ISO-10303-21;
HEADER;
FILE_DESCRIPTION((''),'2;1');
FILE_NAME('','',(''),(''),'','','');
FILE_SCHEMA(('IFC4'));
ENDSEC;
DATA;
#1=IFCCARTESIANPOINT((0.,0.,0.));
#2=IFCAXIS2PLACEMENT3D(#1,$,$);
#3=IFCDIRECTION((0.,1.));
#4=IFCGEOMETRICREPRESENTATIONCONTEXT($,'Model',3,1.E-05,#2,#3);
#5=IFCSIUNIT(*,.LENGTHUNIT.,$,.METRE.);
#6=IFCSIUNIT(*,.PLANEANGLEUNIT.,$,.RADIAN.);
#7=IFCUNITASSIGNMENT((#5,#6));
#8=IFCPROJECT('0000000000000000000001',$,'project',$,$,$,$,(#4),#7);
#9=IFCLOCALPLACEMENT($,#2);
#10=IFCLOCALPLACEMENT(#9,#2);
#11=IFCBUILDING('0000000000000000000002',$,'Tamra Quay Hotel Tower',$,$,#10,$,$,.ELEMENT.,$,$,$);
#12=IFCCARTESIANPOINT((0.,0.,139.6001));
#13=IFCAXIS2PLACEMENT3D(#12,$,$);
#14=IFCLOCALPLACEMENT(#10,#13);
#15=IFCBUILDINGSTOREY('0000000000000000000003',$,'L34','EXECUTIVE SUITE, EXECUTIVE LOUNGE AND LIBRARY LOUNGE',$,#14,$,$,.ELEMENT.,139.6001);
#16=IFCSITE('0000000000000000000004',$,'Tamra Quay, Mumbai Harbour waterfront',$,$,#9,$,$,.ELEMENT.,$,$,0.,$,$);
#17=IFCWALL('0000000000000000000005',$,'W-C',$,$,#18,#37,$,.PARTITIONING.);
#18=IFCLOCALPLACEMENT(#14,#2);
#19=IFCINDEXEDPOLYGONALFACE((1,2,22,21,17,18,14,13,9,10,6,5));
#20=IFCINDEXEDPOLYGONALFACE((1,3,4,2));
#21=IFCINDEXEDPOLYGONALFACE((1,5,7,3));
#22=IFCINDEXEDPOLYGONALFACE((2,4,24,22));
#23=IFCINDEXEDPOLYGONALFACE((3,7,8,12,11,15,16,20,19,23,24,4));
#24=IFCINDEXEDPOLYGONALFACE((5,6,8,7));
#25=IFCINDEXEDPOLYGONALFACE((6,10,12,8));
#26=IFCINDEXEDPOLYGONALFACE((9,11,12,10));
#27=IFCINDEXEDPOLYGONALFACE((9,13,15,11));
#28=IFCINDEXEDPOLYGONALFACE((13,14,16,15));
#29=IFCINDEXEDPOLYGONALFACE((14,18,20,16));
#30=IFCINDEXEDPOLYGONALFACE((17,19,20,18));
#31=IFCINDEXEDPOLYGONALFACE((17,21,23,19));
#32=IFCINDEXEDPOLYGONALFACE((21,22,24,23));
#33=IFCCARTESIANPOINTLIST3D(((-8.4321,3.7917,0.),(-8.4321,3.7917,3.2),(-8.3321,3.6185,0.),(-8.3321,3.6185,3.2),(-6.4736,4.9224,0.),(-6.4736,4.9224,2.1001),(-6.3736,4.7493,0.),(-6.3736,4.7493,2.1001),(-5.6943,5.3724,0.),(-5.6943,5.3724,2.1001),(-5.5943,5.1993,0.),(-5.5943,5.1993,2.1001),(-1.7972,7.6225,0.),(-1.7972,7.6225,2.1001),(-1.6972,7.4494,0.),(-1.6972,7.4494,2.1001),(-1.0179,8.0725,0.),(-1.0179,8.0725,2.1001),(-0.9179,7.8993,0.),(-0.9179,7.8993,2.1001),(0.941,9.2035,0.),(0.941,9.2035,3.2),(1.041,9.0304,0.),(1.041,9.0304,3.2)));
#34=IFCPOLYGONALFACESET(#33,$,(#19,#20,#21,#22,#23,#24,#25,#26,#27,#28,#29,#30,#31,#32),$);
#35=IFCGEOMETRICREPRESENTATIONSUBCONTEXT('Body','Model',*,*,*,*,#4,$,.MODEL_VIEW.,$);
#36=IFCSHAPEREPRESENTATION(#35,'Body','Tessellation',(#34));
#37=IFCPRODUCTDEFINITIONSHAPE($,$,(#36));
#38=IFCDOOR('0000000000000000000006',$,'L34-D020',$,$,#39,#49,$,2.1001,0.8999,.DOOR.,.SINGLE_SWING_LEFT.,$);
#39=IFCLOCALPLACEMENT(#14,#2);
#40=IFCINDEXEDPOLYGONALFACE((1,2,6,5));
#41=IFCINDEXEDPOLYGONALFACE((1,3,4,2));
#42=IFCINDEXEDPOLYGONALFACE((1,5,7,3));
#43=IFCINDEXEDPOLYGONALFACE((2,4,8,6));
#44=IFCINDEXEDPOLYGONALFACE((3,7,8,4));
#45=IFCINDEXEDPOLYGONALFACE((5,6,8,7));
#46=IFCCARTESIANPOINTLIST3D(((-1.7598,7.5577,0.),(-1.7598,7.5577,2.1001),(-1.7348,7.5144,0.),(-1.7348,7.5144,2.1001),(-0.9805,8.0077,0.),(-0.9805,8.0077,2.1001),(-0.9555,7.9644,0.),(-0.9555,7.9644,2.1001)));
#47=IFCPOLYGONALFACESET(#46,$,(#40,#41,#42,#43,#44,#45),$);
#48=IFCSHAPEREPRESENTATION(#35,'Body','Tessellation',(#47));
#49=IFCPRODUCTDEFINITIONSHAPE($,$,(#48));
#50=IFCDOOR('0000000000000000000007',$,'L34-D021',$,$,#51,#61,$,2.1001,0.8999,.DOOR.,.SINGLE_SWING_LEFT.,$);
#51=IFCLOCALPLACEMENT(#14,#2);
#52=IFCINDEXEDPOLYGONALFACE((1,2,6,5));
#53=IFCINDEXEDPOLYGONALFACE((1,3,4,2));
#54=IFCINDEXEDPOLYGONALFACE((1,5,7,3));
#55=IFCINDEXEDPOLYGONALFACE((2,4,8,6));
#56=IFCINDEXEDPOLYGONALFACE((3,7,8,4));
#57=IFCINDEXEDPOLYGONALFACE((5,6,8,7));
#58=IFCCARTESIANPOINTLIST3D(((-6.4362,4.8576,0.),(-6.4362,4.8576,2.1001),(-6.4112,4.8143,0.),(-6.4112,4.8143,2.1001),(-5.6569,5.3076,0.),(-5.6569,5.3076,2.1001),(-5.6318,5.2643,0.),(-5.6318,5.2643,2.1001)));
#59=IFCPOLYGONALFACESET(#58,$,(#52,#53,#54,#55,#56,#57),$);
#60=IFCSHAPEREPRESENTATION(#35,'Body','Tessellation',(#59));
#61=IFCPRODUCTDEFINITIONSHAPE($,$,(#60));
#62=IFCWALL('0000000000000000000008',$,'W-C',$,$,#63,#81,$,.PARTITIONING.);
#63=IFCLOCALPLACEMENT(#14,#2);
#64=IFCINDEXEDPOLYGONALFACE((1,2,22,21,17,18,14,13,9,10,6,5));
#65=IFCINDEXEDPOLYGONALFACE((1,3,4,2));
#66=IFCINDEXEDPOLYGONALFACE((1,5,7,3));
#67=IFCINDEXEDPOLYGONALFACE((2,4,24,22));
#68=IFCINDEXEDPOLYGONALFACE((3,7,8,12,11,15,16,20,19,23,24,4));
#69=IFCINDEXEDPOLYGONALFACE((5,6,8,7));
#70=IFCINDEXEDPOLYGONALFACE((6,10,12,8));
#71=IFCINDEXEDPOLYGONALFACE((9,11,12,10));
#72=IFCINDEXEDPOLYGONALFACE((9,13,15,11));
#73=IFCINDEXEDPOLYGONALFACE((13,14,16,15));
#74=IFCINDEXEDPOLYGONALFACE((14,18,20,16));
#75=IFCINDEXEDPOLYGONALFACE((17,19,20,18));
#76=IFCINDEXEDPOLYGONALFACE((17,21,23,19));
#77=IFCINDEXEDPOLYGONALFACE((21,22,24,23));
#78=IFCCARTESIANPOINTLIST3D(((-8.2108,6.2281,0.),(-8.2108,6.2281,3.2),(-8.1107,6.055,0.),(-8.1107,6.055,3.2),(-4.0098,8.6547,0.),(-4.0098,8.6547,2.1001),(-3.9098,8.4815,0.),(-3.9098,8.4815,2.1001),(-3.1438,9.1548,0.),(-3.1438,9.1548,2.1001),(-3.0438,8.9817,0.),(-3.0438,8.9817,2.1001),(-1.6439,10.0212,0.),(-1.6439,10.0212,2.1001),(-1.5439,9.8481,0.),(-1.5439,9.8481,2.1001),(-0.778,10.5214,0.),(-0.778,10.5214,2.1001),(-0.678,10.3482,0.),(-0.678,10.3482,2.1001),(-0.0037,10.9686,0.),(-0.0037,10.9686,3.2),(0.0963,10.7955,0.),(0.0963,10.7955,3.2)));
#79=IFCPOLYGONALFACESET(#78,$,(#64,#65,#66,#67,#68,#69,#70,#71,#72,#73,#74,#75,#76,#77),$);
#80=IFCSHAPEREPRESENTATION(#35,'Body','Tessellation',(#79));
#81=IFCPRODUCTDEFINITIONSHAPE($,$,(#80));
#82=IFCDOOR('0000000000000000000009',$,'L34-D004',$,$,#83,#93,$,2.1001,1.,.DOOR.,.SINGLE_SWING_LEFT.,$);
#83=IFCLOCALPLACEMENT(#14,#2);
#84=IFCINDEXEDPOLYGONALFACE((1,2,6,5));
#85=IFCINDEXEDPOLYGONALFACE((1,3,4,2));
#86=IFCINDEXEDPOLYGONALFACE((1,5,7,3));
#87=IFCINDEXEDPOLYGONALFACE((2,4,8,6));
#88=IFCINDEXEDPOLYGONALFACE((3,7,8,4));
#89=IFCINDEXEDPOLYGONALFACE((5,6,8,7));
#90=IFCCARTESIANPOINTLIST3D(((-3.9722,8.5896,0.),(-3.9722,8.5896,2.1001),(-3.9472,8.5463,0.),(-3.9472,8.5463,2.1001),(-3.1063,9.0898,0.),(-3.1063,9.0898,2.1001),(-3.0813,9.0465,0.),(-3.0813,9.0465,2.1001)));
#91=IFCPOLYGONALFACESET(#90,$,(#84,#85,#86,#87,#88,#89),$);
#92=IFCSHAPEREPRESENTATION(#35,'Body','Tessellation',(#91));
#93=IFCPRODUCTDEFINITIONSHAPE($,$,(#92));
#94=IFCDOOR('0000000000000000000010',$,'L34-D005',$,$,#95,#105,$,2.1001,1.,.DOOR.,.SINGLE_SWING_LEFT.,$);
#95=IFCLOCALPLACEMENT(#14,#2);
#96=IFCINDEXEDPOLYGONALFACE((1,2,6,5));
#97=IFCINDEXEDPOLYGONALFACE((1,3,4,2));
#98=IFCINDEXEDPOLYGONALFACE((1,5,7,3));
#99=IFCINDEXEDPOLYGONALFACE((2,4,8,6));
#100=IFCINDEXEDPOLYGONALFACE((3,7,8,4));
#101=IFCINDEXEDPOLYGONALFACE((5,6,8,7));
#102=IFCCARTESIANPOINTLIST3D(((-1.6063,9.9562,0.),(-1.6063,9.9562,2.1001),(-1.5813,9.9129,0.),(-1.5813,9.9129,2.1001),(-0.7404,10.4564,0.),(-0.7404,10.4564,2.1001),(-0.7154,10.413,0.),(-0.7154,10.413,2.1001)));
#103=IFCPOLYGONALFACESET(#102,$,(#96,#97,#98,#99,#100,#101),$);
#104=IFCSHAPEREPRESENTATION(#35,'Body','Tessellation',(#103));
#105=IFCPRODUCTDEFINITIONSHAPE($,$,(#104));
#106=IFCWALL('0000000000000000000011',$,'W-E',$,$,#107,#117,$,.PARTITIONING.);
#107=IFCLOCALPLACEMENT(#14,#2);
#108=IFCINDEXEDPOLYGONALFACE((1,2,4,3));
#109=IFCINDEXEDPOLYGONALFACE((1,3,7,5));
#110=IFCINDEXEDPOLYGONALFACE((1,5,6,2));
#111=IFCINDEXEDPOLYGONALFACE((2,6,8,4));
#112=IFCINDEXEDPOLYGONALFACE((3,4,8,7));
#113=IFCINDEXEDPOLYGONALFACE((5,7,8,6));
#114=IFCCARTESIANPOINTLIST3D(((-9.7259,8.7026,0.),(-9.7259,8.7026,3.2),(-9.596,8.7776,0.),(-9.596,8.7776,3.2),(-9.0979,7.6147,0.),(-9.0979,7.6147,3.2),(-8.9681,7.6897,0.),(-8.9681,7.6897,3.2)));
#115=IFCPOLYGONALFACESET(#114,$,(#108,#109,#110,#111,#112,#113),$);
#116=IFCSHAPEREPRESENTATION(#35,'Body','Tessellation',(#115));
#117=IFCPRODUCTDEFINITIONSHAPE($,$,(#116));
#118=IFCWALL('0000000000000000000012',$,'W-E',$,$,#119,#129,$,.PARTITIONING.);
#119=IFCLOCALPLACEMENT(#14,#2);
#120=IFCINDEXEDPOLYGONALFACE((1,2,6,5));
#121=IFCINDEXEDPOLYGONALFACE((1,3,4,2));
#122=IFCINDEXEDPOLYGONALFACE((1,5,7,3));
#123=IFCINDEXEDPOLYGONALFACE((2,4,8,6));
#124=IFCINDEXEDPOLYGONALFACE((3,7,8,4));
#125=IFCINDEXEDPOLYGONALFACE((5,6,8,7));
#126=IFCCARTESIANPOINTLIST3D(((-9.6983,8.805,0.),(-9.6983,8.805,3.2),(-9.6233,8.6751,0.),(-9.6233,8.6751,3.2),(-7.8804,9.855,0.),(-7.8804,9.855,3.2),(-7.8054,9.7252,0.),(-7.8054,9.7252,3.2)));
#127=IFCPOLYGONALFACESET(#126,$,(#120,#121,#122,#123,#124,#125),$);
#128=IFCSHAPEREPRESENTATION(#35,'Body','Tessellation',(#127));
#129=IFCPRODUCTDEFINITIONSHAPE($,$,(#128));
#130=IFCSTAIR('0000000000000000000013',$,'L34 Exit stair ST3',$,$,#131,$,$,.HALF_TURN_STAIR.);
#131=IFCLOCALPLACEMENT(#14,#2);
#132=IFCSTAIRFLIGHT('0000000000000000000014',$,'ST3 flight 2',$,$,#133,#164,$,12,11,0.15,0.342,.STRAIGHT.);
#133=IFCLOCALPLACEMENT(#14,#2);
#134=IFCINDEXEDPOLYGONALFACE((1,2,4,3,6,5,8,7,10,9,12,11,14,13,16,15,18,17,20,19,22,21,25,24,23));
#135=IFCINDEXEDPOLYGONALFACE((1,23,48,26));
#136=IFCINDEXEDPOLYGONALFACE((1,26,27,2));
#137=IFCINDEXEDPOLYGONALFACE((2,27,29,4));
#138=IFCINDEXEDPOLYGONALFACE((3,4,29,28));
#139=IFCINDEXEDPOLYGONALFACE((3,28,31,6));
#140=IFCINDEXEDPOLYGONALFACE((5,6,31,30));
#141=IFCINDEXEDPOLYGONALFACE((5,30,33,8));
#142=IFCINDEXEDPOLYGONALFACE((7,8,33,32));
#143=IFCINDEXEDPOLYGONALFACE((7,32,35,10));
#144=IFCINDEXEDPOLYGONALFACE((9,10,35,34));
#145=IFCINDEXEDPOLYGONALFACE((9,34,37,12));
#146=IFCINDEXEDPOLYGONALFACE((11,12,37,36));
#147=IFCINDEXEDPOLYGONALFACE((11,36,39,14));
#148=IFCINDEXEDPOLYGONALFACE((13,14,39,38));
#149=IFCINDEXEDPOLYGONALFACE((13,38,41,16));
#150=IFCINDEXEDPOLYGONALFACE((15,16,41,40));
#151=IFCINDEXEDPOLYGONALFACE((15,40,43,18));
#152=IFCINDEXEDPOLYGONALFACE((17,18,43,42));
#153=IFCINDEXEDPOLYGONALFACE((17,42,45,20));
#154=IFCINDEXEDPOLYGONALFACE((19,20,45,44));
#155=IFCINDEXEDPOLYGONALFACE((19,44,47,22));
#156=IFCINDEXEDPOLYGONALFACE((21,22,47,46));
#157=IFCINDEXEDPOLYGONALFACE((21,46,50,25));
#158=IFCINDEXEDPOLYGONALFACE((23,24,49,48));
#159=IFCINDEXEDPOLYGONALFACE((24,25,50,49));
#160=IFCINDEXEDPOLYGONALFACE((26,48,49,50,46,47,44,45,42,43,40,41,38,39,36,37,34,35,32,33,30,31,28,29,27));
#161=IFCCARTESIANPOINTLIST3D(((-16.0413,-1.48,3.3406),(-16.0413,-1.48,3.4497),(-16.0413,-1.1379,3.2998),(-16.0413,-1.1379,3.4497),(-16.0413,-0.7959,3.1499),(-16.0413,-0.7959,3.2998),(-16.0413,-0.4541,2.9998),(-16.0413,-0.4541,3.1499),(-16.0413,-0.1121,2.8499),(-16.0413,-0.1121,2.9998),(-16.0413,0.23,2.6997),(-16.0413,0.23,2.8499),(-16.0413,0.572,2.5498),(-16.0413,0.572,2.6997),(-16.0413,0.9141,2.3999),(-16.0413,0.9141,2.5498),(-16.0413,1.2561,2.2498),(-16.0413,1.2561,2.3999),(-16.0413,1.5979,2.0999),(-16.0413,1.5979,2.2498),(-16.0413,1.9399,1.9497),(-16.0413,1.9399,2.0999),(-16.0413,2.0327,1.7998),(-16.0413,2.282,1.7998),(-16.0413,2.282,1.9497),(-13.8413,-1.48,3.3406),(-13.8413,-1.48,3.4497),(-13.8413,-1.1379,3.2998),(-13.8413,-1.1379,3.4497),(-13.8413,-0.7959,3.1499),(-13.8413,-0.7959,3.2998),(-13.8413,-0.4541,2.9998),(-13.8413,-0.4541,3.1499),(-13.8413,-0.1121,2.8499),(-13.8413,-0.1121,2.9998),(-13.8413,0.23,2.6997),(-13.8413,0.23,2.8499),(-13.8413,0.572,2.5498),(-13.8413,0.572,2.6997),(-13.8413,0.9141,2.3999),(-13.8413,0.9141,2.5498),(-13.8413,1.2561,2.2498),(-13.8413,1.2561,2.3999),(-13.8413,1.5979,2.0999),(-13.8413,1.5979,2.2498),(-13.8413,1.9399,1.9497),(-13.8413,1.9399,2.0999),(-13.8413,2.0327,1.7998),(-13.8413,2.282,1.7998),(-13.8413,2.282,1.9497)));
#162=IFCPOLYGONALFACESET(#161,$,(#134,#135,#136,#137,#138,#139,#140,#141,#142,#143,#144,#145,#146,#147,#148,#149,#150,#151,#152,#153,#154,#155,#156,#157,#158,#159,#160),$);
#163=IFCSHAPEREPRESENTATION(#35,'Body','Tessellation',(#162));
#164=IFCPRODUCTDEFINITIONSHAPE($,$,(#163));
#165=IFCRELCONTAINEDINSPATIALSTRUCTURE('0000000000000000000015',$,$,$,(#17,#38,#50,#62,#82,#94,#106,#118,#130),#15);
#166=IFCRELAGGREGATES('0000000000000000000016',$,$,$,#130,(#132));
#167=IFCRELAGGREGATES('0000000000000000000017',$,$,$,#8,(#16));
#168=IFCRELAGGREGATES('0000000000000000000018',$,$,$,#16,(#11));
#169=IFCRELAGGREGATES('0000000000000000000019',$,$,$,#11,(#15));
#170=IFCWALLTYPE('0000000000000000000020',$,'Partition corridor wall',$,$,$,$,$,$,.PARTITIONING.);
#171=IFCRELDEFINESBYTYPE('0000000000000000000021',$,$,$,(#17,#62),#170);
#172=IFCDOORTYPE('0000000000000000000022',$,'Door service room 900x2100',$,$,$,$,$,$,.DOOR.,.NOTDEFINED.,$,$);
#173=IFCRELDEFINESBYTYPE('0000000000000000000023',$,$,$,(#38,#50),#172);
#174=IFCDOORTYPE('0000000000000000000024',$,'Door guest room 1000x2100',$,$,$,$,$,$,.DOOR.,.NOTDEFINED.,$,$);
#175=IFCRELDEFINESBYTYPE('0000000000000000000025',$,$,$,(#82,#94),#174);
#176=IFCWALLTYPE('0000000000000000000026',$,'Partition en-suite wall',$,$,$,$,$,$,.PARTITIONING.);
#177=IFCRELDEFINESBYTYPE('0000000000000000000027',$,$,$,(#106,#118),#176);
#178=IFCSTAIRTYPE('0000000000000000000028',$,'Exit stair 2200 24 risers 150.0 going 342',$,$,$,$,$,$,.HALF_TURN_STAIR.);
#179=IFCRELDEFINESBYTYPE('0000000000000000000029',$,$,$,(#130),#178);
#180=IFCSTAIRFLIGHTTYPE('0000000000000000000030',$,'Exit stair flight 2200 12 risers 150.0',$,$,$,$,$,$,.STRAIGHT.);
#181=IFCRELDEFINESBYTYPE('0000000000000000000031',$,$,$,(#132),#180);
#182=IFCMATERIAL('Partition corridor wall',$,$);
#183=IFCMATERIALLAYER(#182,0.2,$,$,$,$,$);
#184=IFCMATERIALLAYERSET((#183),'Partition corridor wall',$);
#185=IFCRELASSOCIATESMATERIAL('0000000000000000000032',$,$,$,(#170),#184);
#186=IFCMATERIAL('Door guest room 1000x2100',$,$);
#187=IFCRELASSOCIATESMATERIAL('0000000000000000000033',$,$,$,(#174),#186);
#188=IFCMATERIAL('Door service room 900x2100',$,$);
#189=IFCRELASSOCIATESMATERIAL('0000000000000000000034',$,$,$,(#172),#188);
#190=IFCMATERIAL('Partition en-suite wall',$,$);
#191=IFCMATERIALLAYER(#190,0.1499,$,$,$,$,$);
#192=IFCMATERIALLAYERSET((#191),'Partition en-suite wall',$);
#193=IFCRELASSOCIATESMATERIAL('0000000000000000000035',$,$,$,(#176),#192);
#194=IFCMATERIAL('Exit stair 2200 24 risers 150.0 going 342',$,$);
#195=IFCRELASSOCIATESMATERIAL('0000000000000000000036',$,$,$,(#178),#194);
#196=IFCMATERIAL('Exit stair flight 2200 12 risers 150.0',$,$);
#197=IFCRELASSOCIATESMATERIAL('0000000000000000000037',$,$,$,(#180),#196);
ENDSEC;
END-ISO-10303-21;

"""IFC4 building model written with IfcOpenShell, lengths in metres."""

from ifc_helpers import new_model, si_unit, direction, frame, frame_2d, origin, place, context, subcontext, project, spatial, polyline, rectangle, outline, extrude, material, layer, layer_set, type_object, element, fill, aggregate, save


model = new_model("IFC4")

# Units and contexts
model_context = context("Model", 3, precision=1e-05, world=origin(), true_north=direction((0.0, 1.0)))
body_context = subcontext(model_context, "Body", "Model", "MODEL_VIEW")
ifc_project = project(units=[si_unit("LENGTHUNIT", "METRE"), si_unit("PLANEANGLEUNIT", "RADIAN")], contexts=[model_context])

# Site, building, storey
site_placement = place(None, origin())
site = spatial("IfcSite", under=ifc_project, at=site_placement, Name="Tamra Quay, Mumbai Harbour waterfront", CompositionType="ELEMENT", RefElevation=0.0)
building_placement = place(site_placement, origin())
building = spatial("IfcBuilding", under=site, at=building_placement, Name="Tamra Quay Hotel Tower", CompositionType="ELEMENT")
storey_placement = place(building_placement, frame((0.0, 0.0, 139.6001)))
storey = spatial("IfcBuildingStorey", under=building, at=storey_placement, Name="L34", Description="EXECUTIVE SUITE, EXECUTIVE LOUNGE AND LIBRARY LOUNGE", CompositionType="ELEMENT", Elevation=139.6001)

# Shared definitions
ifc_material_1 = material(Name="Partition corridor wall")
ifc_layer_1 = layer(ifc_material_1, 0.2)
ifc_layer_set_1 = layer_set([ifc_layer_1], Name="Partition corridor wall")
wall_type_1 = type_object("IfcWallType", Name="Partition corridor wall", PredefinedType="PARTITIONING", material=ifc_layer_set_1)
ifc_material_2 = material(Name="Door guest room 1000x2100")
door_type_1 = type_object("IfcDoorType", Name="Door guest room 1000x2100", OperationType="NOTDEFINED", PredefinedType="DOOR", material=ifc_material_2)

# Walls, openings, doors
wall_1_placement = place(storey_placement, frame((-8.3821, 3.7051, 0.0), z_axis=(0.0, 0.0, 1.0), x_axis=(0.866012, 0.500023, 0.0)))
wall_1 = element("IfcWall", 1, at=wall_1_placement, inside=storey, type_object=wall_type_1, Name="W-C", PredefinedType="PARTITIONING", context=body_context, shape_type="SweptSolid", body=[
    extrude(rectangle(XDim=10.8232, YDim=0.2, at=frame_2d((5.4116, 0.0))), origin(), (0.0, 0.0, 1.0), 3.2),
])
opening_1_placement = place(wall_1_placement, frame((7.6614, 0.0, 0.0)))
opening_1 = element("IfcOpeningElement", 2, at=opening_1_placement, cuts=wall_1, PredefinedType="OPENING", context=body_context, shape_type="SweptSolid", body=[
    extrude(rectangle(XDim=0.8999, YDim=2.1001, at=frame_2d((0.45, 1.05))), frame((0.0, 0.1099, 0.0), z_axis=(0.0, -1.0, 0.0), x_axis=(1.0, 0.0, 0.0)), (0.0, 0.0, 1.0), 0.22),
])
opening_2_placement = place(wall_1_placement, frame((2.2615, 0.0, 0.0)))
opening_2 = element("IfcOpeningElement", 3, at=opening_2_placement, cuts=wall_1, PredefinedType="OPENING", context=body_context, shape_type="SweptSolid", body=[
    extrude(rectangle(XDim=0.8999, YDim=2.1001, at=frame_2d((0.45, 1.05))), frame((0.0, 0.1099, 0.0), z_axis=(0.0, -1.0, 0.0), x_axis=(1.0, 0.0, 0.0)), (0.0, 0.0, 1.0), 0.22),
])
ifc_material_3 = material(Name="Door service room 900x2100")
door_type_2 = type_object("IfcDoorType", Name="Door service room 900x2100", OperationType="NOTDEFINED", PredefinedType="DOOR", material=ifc_material_3)
door_1_placement = place(opening_1_placement, frame((0.8999, 0.0, 0.0), z_axis=(0.0, 0.0, 1.0), x_axis=(-1.0, 0.0, 0.0)))
door_1 = element("IfcDoor", 4, at=door_1_placement, inside=storey, type_object=door_type_2, Name="L34-D020", OperationType="SINGLE_SWING_LEFT", OverallHeight=2.1001, OverallWidth=0.8999, PredefinedType="DOOR", context=body_context, shape_type="SweptSolid", body=[
    extrude(rectangle(XDim=0.8999, YDim=2.1001, at=frame_2d((0.45, 1.05))), frame((0.0, 0.0249, 0.0), z_axis=(0.0, -1.0, 0.0), x_axis=(1.0, 0.0, 0.0)), (0.0, 0.0, 1.0), 0.05),
])
fill(opening_1, door_1)
door_2_placement = place(opening_2_placement, frame((0.8999, 0.0, 0.0), z_axis=(0.0, 0.0, 1.0), x_axis=(-1.0, 0.0, 0.0)))
door_2 = element("IfcDoor", 5, at=door_2_placement, inside=storey, type_object=door_type_2, Name="L34-D021", OperationType="SINGLE_SWING_LEFT", OverallHeight=2.1001, OverallWidth=0.8999, PredefinedType="DOOR", context=body_context, shape_type="SweptSolid", body=[
    extrude(rectangle(XDim=0.8999, YDim=2.1001, at=frame_2d((0.45, 1.05))), frame((0.0, 0.0249, 0.0), z_axis=(0.0, -1.0, 0.0), x_axis=(1.0, 0.0, 0.0)), (0.0, 0.0, 1.0), 0.05),
])
fill(opening_2, door_2)
wall_2_placement = place(storey_placement, frame((-8.1606, 6.1416, 0.0), z_axis=(0.0, 0.0, 1.0), x_axis=(0.865927, 0.50017, 0.0)))
wall_2 = element("IfcWall", 6, at=wall_2_placement, inside=storey, type_object=wall_type_1, Name="W-C", PredefinedType="PARTITIONING", context=body_context, shape_type="SweptSolid", body=[
    extrude(rectangle(XDim=9.4778, YDim=0.2, at=frame_2d((4.7388, 0.0))), origin(), (0.0, 0.0, 1.0), 3.2),
])
opening_3_placement = place(wall_2_placement, frame((4.8513, 0.0, 0.0)))
opening_3 = element("IfcOpeningElement", 7, at=opening_3_placement, cuts=wall_2, PredefinedType="OPENING", context=body_context, shape_type="SweptSolid", body=[
    extrude(rectangle(XDim=1.0, YDim=2.1001, at=frame_2d((0.5, 1.05))), frame((0.0, 0.1099, 0.0), z_axis=(0.0, -1.0, 0.0), x_axis=(1.0, 0.0, 0.0)), (0.0, 0.0, 1.0), 0.22),
])
opening_4_placement = place(wall_2_placement, frame((7.5835, 0.0, 0.0)))
opening_4 = element("IfcOpeningElement", 8, at=opening_4_placement, cuts=wall_2, PredefinedType="OPENING", context=body_context, shape_type="SweptSolid", body=[
    extrude(rectangle(XDim=1.0, YDim=2.1001, at=frame_2d((0.5, 1.05))), frame((0.0, 0.1099, 0.0), z_axis=(0.0, -1.0, 0.0), x_axis=(1.0, 0.0, 0.0)), (0.0, 0.0, 1.0), 0.22),
])
door_3_placement = place(opening_3_placement, origin())
door_3 = element("IfcDoor", 9, at=door_3_placement, inside=storey, type_object=door_type_1, Name="L34-D004", OperationType="SINGLE_SWING_LEFT", OverallHeight=2.1001, OverallWidth=1.0, PredefinedType="DOOR", context=body_context, shape_type="SweptSolid", body=[
    extrude(rectangle(XDim=1.0, YDim=2.1001, at=frame_2d((0.5, 1.05))), frame((0.0, 0.0249, 0.0), z_axis=(0.0, -1.0, 0.0), x_axis=(1.0, 0.0, 0.0)), (0.0, 0.0, 1.0), 0.05),
])
fill(opening_3, door_3)
door_4_placement = place(opening_4_placement, origin())
door_4 = element("IfcDoor", 10, at=door_4_placement, inside=storey, type_object=door_type_1, Name="L34-D005", OperationType="SINGLE_SWING_LEFT", OverallHeight=2.1001, OverallWidth=1.0, PredefinedType="DOOR", context=body_context, shape_type="SweptSolid", body=[
    extrude(rectangle(XDim=1.0, YDim=2.1001, at=frame_2d((0.5, 1.05))), frame((0.0, 0.0249, 0.0), z_axis=(0.0, -1.0, 0.0), x_axis=(1.0, 0.0, 0.0)), (0.0, 0.0, 1.0), 0.05),
])
fill(opening_4, door_4)

# Walls
ifc_material_4 = material(Name="Partition en-suite wall")
ifc_layer_2 = layer(ifc_material_4, 0.1499)
ifc_layer_set_2 = layer_set([ifc_layer_2], Name="Partition en-suite wall")
wall_type_2 = type_object("IfcWallType", Name="Partition en-suite wall", PredefinedType="PARTITIONING", material=ifc_layer_set_2)
wall_3_placement = place(storey_placement, frame((-9.6609, 8.74, 0.0), z_axis=(0.0, 0.0, 1.0), x_axis=(0.499902, -0.866082, 0.0)))
element("IfcWall", 11, at=wall_3_placement, inside=storey, type_object=wall_type_2, Name="W-E", PredefinedType="PARTITIONING", context=body_context, shape_type="SweptSolid", body=[
    extrude(rectangle(XDim=1.2561, YDim=0.1499, at=frame_2d((0.6279, 0.0))), origin(), (0.0, 0.0, 1.0), 3.2),
])
wall_4_placement = place(storey_placement, frame((-9.6609, 8.74, 0.0), z_axis=(0.0, 0.0, 1.0), x_axis=(0.865922, 0.500179, 0.0)))
element("IfcWall", 12, at=wall_4_placement, inside=storey, type_object=wall_type_2, Name="W-E", PredefinedType="PARTITIONING", context=body_context, shape_type="SweptSolid", body=[
    extrude(rectangle(XDim=2.0994, YDim=0.1499, at=frame_2d((1.0498, 0.0))), origin(), (0.0, 0.0, 1.0), 3.2),
])

# Stair, stair flight
ifc_material_5 = material(Name="Exit stair 2200 24 risers 150.0 going 342")
stair_type = type_object("IfcStairType", Name="Exit stair 2200 24 risers 150.0 going 342", PredefinedType="HALF_TURN_STAIR", material=ifc_material_5)
stair_placement = place(storey_placement, origin())
stair = element("IfcStair", 13, at=stair_placement, inside=storey, type_object=stair_type, Name="L34 Exit stair ST3", PredefinedType="HALF_TURN_STAIR")
ifc_material_6 = material(Name="Exit stair flight 2200 12 risers 150.0")
stair_flight_type = type_object("IfcStairFlightType", Name="Exit stair flight 2200 12 risers 150.0", PredefinedType="STRAIGHT", material=ifc_material_6)
stair_flight_placement = place(storey_placement, frame((-14.9414, 2.282, 1.7998), z_axis=(0.0, 0.0, 1.0), x_axis=(0.0, -1.0, 0.0)))
stair_flight = element("IfcStairFlight", 14, at=stair_flight_placement, type_object=stair_flight_type, Name="ST3 flight 2", NumberOfRisers=12, NumberOfTreads=11, PredefinedType="STRAIGHT", RiserHeight=0.15, TreadLength=0.342, context=body_context, shape_type="SweptSolid", body=[
    extrude(outline(polyline([(0.0, 0.0), (0.0, 0.1499), (0.342, 0.1499), (0.342, 0.3), (0.6841, 0.3), (0.6841, 0.45), (1.0259, 0.45), (1.0259, 0.6001), (1.3679, 0.6001), (1.3679, 0.75), (1.71, 0.75), (1.71, 0.8999), (2.052, 0.8999), (2.052, 1.05), (2.394, 1.05), (2.394, 1.2), (2.7361, 1.2), (2.7361, 1.3501), (3.0779, 1.3501), (3.0779, 1.5), (3.4199, 1.5), (3.4199, 1.6499), (3.762, 1.6499), (3.762, 1.8), (3.762, 1.5408), (0.2493, 0.0), (0.0, 0.0)])), frame((0.0, 1.1001, 0.0), z_axis=(0.0, -1.0, 0.0), x_axis=(1.0, 0.0, 0.0)), (0.0, 0.0, 1.0), 2.2),
])
aggregate(stair, [stair_flight])

save(model, "model.ifc")
